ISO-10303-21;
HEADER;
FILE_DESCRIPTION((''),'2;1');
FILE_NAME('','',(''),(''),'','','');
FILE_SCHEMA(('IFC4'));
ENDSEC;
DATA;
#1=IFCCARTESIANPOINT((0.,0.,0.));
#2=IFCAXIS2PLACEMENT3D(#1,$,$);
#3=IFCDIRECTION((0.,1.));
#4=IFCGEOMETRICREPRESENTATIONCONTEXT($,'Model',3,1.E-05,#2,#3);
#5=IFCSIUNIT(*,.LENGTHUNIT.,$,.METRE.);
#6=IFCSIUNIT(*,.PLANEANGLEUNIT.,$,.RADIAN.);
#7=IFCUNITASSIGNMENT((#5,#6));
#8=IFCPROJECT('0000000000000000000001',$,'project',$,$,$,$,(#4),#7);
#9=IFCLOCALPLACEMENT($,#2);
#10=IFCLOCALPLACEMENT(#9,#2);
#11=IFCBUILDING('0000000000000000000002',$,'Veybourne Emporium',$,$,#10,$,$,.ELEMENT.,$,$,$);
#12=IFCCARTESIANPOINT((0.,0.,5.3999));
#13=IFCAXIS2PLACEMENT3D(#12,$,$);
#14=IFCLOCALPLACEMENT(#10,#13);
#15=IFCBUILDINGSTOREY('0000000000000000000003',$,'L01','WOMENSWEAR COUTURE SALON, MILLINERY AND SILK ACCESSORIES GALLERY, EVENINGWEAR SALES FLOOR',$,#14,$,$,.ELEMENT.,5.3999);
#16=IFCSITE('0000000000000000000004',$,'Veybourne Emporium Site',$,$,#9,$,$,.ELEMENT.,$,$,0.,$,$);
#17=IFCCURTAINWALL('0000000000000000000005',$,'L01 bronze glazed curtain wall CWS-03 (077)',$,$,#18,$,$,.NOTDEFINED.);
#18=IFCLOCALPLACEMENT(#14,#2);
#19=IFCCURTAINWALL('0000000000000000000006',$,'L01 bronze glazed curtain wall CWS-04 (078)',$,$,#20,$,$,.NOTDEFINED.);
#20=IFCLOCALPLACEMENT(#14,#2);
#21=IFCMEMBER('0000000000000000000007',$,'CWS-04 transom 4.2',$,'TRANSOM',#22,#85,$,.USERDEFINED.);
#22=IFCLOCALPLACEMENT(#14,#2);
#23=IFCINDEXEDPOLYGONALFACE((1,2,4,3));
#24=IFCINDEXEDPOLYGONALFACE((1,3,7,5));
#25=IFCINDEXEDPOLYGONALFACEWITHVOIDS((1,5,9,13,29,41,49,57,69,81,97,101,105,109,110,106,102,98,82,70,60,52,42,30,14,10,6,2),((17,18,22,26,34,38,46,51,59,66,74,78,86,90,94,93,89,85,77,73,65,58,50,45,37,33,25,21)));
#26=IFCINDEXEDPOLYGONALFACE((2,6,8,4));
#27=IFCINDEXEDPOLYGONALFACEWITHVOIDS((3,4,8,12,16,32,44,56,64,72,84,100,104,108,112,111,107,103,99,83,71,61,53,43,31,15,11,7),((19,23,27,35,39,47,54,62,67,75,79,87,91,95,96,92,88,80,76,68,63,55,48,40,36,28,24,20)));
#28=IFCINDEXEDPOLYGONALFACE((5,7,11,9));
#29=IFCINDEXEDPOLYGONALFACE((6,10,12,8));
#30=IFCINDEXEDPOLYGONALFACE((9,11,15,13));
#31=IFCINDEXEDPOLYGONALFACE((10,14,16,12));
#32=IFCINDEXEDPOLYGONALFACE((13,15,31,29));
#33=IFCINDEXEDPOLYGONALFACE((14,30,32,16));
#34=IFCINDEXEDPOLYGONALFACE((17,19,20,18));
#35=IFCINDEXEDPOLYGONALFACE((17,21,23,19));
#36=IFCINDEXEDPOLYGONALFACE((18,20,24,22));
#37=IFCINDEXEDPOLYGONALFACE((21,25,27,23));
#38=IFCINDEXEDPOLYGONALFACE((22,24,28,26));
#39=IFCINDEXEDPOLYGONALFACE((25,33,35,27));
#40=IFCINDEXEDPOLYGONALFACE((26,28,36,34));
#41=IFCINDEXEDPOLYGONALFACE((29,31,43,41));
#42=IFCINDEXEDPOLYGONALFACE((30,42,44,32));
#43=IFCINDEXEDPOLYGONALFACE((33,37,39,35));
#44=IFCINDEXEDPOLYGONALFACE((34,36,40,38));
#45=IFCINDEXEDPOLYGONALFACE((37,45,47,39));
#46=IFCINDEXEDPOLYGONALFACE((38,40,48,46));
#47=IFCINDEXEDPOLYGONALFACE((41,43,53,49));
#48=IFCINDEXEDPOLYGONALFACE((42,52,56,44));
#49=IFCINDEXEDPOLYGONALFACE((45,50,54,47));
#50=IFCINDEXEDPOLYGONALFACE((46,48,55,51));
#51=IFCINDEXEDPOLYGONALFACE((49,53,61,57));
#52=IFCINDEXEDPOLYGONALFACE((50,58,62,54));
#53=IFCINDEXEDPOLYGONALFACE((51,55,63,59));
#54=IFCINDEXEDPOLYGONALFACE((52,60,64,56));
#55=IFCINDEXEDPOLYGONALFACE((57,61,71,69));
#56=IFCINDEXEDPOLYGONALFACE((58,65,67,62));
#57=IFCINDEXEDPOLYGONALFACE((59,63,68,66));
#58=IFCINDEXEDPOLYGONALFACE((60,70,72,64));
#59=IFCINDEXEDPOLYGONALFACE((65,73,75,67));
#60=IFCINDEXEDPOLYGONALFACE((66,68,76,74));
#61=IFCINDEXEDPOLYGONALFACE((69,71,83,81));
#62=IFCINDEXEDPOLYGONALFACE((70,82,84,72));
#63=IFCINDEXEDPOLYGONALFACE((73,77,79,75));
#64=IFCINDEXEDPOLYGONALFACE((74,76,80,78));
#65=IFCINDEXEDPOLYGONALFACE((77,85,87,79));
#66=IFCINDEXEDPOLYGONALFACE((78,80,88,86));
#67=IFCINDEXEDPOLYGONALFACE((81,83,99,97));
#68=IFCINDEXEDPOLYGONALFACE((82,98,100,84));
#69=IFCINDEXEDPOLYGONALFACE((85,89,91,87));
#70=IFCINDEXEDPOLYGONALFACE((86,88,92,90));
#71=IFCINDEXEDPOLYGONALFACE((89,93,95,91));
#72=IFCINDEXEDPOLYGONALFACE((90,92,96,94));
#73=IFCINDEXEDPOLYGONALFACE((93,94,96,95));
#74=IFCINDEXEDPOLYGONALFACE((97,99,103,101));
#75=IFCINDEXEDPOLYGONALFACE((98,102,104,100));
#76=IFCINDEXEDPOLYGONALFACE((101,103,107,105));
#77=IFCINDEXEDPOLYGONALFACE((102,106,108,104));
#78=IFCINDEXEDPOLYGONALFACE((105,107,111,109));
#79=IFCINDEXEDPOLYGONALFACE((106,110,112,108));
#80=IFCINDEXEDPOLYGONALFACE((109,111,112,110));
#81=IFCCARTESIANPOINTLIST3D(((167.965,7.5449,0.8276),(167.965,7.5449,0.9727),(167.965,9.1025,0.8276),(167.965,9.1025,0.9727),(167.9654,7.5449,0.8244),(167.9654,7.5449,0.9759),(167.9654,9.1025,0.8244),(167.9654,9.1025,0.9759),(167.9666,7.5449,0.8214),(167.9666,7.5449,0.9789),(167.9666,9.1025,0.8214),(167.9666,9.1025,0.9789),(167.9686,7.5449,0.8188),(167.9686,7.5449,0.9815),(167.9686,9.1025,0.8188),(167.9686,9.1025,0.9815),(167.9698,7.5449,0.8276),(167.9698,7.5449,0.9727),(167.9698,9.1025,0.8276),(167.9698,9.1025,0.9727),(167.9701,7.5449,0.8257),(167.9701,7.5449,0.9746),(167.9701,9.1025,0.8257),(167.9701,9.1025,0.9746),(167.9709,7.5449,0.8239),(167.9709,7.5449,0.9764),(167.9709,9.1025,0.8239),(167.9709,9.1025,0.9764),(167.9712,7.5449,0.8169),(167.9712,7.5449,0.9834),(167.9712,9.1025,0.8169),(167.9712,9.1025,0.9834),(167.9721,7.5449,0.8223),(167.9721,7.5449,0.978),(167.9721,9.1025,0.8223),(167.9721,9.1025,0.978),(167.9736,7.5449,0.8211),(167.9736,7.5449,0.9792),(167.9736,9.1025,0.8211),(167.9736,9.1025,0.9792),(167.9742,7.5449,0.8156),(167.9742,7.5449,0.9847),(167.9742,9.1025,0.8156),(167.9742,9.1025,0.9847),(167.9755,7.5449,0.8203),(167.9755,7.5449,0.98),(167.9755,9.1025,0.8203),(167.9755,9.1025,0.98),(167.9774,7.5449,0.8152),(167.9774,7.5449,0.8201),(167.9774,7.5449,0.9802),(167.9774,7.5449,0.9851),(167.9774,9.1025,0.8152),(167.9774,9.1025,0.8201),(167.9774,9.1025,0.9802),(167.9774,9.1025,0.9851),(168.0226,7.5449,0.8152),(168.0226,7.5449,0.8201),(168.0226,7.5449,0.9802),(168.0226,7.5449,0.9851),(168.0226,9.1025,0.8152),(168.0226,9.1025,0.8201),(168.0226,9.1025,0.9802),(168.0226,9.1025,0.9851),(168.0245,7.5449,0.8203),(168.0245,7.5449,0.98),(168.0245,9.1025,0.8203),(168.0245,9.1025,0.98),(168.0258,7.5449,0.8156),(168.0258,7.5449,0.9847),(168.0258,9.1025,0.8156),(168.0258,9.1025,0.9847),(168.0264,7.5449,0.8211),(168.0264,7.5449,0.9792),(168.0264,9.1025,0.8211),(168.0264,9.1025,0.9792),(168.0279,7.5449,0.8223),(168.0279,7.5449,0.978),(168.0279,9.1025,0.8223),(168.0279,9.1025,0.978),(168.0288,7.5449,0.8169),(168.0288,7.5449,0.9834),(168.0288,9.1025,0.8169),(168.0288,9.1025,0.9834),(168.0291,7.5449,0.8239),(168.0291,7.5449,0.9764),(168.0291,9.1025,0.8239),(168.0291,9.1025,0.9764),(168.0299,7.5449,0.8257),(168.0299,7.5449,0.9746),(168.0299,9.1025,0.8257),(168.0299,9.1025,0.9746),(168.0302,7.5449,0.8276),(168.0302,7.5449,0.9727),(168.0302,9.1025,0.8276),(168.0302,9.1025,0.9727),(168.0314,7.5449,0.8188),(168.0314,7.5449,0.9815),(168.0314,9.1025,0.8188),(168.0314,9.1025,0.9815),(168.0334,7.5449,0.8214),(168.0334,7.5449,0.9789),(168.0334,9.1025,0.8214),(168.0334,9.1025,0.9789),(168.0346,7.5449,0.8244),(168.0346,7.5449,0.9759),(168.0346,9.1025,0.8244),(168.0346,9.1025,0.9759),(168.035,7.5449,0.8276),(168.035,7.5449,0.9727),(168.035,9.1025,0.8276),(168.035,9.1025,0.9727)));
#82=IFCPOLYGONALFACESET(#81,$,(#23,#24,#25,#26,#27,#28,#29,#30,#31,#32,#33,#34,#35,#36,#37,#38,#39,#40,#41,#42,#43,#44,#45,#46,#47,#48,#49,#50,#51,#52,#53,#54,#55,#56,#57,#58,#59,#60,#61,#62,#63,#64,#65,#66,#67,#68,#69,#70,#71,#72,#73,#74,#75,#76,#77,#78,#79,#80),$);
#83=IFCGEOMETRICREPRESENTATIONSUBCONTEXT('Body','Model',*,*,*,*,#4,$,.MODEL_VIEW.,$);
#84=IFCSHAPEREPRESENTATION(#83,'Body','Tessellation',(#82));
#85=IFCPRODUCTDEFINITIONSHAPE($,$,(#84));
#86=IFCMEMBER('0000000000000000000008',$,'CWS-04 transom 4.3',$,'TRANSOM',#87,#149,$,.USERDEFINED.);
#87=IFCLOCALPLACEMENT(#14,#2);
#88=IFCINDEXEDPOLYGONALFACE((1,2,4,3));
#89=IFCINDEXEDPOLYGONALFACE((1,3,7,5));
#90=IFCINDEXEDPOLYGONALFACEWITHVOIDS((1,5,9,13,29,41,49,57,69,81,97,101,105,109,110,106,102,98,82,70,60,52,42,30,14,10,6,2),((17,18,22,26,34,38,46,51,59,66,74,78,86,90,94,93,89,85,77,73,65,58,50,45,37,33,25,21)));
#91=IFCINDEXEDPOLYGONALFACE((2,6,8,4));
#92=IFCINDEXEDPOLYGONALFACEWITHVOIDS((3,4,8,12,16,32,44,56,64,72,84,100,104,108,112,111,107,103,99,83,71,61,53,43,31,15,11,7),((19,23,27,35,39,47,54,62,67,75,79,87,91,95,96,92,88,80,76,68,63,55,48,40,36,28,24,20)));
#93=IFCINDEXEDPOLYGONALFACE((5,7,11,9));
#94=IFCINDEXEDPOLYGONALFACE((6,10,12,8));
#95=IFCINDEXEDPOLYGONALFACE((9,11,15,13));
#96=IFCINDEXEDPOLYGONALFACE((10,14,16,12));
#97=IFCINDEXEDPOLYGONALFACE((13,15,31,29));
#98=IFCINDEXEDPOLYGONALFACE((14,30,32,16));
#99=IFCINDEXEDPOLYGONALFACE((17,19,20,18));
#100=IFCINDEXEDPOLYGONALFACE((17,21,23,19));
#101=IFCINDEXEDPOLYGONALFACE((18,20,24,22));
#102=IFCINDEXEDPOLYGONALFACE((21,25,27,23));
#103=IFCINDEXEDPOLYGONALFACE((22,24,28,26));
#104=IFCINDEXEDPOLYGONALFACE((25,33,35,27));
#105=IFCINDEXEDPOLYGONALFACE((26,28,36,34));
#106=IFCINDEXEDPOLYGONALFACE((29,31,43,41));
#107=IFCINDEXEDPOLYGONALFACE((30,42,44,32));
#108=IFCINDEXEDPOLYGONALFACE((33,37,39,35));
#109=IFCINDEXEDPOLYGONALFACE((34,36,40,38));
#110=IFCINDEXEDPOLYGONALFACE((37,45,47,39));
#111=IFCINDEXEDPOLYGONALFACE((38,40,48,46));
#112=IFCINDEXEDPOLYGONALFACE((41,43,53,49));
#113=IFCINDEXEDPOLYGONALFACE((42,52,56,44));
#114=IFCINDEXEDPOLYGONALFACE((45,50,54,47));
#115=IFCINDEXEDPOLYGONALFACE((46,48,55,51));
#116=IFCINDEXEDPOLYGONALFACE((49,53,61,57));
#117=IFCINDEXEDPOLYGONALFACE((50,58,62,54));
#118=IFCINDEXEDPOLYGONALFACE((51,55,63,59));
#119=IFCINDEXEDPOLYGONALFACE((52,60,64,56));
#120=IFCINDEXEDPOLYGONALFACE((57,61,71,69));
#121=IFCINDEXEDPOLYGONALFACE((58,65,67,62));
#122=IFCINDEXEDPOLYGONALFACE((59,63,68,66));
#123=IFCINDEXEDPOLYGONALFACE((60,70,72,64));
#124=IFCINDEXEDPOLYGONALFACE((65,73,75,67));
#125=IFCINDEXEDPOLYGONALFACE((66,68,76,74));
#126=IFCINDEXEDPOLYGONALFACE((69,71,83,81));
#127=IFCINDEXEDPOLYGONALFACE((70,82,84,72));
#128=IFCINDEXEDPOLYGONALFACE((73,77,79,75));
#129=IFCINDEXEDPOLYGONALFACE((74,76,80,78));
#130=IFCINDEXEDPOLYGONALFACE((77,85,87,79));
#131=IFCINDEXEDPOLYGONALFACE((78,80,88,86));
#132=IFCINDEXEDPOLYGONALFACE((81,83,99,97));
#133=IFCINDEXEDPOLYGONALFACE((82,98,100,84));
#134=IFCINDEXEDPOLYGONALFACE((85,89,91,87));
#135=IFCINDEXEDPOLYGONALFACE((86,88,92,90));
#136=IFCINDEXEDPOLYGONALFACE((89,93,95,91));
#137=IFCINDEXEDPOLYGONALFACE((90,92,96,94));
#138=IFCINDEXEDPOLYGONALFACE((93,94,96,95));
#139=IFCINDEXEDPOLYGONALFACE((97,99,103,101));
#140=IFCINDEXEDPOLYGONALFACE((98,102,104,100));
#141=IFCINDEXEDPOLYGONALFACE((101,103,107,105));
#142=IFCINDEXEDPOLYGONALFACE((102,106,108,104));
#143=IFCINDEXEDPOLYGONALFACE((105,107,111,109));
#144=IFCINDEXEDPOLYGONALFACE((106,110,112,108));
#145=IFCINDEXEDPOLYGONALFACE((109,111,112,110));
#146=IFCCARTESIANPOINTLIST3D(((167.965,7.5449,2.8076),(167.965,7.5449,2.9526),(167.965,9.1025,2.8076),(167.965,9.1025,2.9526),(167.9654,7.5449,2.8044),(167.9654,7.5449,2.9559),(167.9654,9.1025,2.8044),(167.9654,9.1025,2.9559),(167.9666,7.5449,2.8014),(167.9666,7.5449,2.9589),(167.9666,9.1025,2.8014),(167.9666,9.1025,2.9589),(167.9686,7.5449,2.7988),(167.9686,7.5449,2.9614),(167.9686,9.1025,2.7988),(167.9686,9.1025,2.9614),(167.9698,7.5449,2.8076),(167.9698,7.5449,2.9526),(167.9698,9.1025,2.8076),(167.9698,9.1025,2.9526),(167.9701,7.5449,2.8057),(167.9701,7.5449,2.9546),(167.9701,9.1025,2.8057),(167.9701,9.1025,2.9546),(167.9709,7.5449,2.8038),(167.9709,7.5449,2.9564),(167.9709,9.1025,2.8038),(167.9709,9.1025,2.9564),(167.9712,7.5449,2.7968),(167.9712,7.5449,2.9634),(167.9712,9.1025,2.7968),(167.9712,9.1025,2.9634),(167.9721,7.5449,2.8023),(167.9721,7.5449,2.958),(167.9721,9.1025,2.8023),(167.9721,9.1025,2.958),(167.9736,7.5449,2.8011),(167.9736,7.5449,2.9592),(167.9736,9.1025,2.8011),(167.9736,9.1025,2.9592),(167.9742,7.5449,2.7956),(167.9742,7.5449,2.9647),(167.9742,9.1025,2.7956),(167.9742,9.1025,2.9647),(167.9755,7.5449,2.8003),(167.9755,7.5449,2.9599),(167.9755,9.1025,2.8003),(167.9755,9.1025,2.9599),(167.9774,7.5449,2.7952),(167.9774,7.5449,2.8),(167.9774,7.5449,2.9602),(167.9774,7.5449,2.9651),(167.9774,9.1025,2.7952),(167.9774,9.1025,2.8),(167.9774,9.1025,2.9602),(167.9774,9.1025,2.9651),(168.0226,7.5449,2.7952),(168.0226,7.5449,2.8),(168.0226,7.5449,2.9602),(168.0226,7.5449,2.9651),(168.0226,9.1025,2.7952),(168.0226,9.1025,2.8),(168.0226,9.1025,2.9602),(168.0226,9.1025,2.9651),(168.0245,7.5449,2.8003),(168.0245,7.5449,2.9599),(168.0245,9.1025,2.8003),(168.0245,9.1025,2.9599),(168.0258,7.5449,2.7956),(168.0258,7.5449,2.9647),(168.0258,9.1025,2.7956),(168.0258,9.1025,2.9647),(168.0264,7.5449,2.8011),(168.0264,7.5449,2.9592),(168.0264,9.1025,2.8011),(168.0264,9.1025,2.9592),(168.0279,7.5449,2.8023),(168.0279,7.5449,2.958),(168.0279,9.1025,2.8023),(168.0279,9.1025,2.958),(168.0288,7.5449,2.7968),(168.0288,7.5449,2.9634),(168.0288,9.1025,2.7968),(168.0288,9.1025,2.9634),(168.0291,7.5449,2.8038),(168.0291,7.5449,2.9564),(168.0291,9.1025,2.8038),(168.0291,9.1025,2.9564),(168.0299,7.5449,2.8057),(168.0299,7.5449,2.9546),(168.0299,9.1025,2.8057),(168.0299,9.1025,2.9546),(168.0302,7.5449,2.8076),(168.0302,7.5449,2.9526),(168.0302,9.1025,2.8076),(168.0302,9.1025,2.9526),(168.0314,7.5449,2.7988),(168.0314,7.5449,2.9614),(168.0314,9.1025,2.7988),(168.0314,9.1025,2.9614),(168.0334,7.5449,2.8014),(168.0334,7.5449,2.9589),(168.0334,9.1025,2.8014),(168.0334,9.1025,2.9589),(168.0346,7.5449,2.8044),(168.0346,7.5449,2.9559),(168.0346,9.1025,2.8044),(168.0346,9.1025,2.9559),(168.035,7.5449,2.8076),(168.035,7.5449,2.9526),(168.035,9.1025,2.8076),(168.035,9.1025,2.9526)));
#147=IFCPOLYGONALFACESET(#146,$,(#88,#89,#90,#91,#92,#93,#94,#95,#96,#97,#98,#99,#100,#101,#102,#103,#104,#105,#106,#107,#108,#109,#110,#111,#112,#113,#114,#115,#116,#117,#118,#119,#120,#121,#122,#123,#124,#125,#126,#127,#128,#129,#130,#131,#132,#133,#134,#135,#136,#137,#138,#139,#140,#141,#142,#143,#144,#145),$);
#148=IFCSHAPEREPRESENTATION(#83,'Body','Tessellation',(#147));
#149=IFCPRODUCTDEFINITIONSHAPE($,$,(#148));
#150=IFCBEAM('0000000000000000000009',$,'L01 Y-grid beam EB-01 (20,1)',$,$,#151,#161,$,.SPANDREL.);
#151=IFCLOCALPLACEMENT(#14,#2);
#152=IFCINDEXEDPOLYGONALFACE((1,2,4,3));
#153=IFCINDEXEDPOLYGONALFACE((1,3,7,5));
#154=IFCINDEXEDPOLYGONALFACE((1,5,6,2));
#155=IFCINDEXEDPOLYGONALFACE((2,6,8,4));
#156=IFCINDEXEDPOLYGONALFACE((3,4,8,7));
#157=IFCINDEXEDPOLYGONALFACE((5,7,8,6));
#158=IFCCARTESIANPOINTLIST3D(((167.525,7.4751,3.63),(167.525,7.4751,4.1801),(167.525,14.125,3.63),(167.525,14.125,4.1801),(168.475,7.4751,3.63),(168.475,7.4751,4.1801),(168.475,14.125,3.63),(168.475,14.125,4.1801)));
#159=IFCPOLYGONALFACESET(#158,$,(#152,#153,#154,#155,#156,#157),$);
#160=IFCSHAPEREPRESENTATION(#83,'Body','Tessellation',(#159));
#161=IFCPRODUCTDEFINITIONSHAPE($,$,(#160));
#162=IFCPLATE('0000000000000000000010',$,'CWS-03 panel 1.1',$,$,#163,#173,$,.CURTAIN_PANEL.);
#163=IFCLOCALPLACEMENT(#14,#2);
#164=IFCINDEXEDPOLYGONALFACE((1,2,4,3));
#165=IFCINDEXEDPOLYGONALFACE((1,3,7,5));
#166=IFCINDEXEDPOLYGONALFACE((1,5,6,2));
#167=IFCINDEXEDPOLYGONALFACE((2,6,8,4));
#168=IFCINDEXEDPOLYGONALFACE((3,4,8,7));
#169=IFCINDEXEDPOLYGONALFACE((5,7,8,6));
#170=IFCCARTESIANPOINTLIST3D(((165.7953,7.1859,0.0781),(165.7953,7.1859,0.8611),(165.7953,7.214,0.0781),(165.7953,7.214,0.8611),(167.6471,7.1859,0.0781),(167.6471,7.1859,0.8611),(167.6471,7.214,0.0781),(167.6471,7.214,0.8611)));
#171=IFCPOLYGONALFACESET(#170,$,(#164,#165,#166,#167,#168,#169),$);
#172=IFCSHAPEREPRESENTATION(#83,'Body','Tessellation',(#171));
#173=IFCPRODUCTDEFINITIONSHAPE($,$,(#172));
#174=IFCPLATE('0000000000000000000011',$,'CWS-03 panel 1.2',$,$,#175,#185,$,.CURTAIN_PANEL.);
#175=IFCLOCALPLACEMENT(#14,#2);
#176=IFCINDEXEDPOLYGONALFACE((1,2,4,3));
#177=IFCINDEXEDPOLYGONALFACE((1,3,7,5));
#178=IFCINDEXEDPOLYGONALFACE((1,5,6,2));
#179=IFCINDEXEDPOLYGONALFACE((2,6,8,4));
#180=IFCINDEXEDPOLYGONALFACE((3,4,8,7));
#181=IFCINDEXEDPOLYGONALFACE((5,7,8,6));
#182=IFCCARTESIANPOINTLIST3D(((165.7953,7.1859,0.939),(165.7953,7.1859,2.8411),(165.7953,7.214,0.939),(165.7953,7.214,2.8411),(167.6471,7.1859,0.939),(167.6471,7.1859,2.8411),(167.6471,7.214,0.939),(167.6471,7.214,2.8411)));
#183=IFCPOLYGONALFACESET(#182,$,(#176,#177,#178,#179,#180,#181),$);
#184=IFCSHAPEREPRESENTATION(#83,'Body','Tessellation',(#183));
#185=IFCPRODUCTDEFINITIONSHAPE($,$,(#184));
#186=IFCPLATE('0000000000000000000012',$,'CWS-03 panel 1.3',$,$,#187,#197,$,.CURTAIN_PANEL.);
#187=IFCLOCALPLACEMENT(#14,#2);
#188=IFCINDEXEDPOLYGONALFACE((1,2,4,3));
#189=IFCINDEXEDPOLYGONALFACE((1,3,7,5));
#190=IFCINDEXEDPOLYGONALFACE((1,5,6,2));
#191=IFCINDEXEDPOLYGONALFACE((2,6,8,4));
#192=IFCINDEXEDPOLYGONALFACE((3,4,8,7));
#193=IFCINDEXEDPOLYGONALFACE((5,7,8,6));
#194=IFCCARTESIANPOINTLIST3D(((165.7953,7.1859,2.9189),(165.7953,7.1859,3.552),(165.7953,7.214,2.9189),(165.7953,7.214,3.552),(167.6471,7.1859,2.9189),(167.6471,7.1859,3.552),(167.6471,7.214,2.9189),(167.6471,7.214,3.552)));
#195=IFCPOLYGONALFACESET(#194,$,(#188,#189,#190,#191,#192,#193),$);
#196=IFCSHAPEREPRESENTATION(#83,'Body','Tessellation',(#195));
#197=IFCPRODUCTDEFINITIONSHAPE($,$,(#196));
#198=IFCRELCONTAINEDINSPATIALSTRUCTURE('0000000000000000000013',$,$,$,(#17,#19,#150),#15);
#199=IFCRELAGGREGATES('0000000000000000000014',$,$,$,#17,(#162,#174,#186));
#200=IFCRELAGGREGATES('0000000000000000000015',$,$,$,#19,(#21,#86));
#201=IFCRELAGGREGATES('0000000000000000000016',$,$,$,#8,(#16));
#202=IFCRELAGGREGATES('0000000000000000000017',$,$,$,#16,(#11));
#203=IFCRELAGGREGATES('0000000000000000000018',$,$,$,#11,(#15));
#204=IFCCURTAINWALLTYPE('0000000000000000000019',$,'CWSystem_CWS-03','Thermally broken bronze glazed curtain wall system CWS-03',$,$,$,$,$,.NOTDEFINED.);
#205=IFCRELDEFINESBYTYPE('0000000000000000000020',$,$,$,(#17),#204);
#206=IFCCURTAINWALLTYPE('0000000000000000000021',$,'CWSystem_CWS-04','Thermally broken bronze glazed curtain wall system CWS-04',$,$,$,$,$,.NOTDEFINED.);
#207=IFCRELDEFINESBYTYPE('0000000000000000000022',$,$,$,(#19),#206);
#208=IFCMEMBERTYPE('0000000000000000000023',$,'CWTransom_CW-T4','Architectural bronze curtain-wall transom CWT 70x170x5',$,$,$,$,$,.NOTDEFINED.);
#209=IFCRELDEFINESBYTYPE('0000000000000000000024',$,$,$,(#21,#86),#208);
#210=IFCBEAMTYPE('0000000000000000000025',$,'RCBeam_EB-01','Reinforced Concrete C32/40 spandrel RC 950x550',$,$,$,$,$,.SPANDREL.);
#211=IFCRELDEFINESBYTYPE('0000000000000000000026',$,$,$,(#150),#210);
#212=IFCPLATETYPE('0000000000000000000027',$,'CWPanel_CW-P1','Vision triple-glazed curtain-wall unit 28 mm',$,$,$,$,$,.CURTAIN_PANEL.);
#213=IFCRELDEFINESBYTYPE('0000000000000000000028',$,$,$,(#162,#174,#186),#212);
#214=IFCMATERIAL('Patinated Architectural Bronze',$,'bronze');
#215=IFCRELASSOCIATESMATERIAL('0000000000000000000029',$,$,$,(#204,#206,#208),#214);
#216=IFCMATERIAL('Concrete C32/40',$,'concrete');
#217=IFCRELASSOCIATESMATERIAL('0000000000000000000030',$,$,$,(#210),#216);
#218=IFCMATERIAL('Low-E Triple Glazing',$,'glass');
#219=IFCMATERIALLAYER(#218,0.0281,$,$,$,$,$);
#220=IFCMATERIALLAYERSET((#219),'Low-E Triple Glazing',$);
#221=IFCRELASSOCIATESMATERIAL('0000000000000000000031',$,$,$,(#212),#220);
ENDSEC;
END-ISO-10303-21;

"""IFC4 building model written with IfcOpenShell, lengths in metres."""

from ifc_helpers import new_model, si_unit, direction, frame, origin, origin_2d, place, context, subcontext, project, spatial, rectangle, hollow_rectangle, extrude, material, layer, layer_set, material_profile, profile_set, type_object, element, aggregate, save


model = new_model("IFC4")

# Units and contexts
model_context = context("Model", 3, precision=1e-05, world=origin(), true_north=direction((0.0, 1.0)))
body_context = subcontext(model_context, "Body", "Model", "MODEL_VIEW")
ifc_project = project(units=[si_unit("LENGTHUNIT", "METRE"), si_unit("PLANEANGLEUNIT", "RADIAN")], contexts=[model_context])

# Site, building, storey
site_placement = place(None, origin())
site = spatial("IfcSite", under=ifc_project, at=site_placement, Name="Veybourne Emporium Site", CompositionType="ELEMENT", RefElevation=0.0)
building_placement = place(site_placement, origin())
building = spatial("IfcBuilding", under=site, at=building_placement, Name="Veybourne Emporium", CompositionType="ELEMENT")
storey_placement = place(building_placement, frame((0.0, 0.0, 5.3999)))
storey = spatial("IfcBuildingStorey", under=building, at=storey_placement, Name="L01", Description="WOMENSWEAR COUTURE SALON, MILLINERY AND SILK ACCESSORIES GALLERY, EVENINGWEAR SALES FLOOR", CompositionType="ELEMENT", Elevation=5.3999)

# Curtain wall
ifc_material_1 = material(Name="Patinated Architectural Bronze", Category="bronze")
curtain_wall_type_1 = type_object("IfcCurtainWallType", Name="CWSystem_CWS-03", Description="Thermally broken bronze glazed curtain wall system CWS-03", PredefinedType="NOTDEFINED", material=ifc_material_1)
curtain_wall_1_placement = place(storey_placement, origin())
curtain_wall_1 = element("IfcCurtainWall", 1, at=curtain_wall_1_placement, inside=storey, type_object=curtain_wall_type_1, Name="L01 bronze glazed curtain wall CWS-03 (077)", PredefinedType="NOTDEFINED")

# Curtain wall
curtain_wall_type_2 = type_object("IfcCurtainWallType", Name="CWSystem_CWS-04", Description="Thermally broken bronze glazed curtain wall system CWS-04", PredefinedType="NOTDEFINED", material=ifc_material_1)
curtain_wall_2_placement = place(storey_placement, origin())
curtain_wall_2 = element("IfcCurtainWall", 2, at=curtain_wall_2_placement, inside=storey, type_object=curtain_wall_type_2, Name="L01 bronze glazed curtain wall CWS-04 (078)", PredefinedType="NOTDEFINED")

# Members
ifc_material_profile_1 = material_profile(ifc_material_1, hollow_rectangle(XDim=0.0701, YDim=0.1699, WallThickness=0.0049, InnerFilletRadius=0.0076, OuterFilletRadius=0.0125, at=origin_2d()), Name="CWT 70x170x5")
ifc_profile_set_1 = profile_set([ifc_material_profile_1], Name="Patinated Architectural Bronze")
member_type_1 = type_object("IfcMemberType", Name="CWTransom_CW-T4", Description="Architectural bronze curtain-wall transom CWT 70x170x5", PredefinedType="NOTDEFINED", material=ifc_profile_set_1)
member_1_placement = place(storey_placement, frame((168.0, 9.1025, 0.9001), z_axis=(0.0, -1.0, 0.0), x_axis=(1.0, 0.0, 0.0)))
member_1 = element("IfcMember", 3, at=member_1_placement, type_object=member_type_1, Name="CWS-04 transom 4.2", ObjectType="TRANSOM", PredefinedType="USERDEFINED", context=body_context, shape_type="SweptSolid", body=[
    extrude(hollow_rectangle(XDim=0.0701, YDim=0.1699, WallThickness=0.0049, InnerFilletRadius=0.0076, OuterFilletRadius=0.0125, at=origin_2d()), origin(), (0.0, 0.0, 1.0), 1.5576),
])
member_2_placement = place(storey_placement, frame((168.0, 9.1025, 2.8801), z_axis=(0.0, -1.0, 0.0), x_axis=(1.0, 0.0, 0.0)))
member_2 = element("IfcMember", 4, at=member_2_placement, type_object=member_type_1, Name="CWS-04 transom 4.3", ObjectType="TRANSOM", PredefinedType="USERDEFINED", context=body_context, shape_type="SweptSolid", body=[
    extrude(hollow_rectangle(XDim=0.0701, YDim=0.1699, WallThickness=0.0049, InnerFilletRadius=0.0076, OuterFilletRadius=0.0125, at=origin_2d()), origin(), (0.0, 0.0, 1.0), 1.5576),
])

# Beam
ifc_material_2 = material(Name="Concrete C32/40", Category="concrete")
ifc_material_profile_2 = material_profile(ifc_material_2, rectangle(XDim=0.95, YDim=0.55, at=origin_2d()), Name="RC 950x550")
ifc_profile_set_2 = profile_set([ifc_material_profile_2], Name="Concrete C32/40")
beam_type = type_object("IfcBeamType", Name="RCBeam_EB-01", Description="Reinforced Concrete C32/40 spandrel RC 950x550", PredefinedType="SPANDREL", material=ifc_profile_set_2)
beam_placement = place(storey_placement, frame((168.0, 7.4751, 3.905), z_axis=(0.0, 1.0, 0.0), x_axis=(-1.0, 0.0, 0.0)))
element("IfcBeam", 5, at=beam_placement, inside=storey, type_object=beam_type, Name="L01 Y-grid beam EB-01 (20,1)", PredefinedType="SPANDREL", context=body_context, shape_type="SweptSolid", body=[
    extrude(rectangle(XDim=0.95, YDim=0.55, at=origin_2d()), origin(), (0.0, 0.0, 1.0), 6.6499),
])

# Plates
ifc_material_3 = material(Name="Low-E Triple Glazing", Category="glass")
ifc_layer = layer(ifc_material_3, 0.0281)
ifc_layer_set = layer_set([ifc_layer], Name="Low-E Triple Glazing")
plate_type = type_object("IfcPlateType", Name="CWPanel_CW-P1", Description="Vision triple-glazed curtain-wall unit 28 mm", PredefinedType="CURTAIN_PANEL", material=ifc_layer_set)
plate_1_placement = place(storey_placement, frame((166.7212, 7.2, 0.0781), z_axis=(0.0, 0.0, 1.0), x_axis=(-1.0, 0.0, 0.0)))
plate_1 = element("IfcPlate", 6, at=plate_1_placement, type_object=plate_type, Name="CWS-03 panel 1.1", PredefinedType="CURTAIN_PANEL", context=body_context, shape_type="SweptSolid", body=[
    extrude(rectangle(XDim=1.8518, YDim=0.0281, at=origin_2d()), origin(), (0.0, 0.0, 1.0), 0.783),
])
plate_2_placement = place(storey_placement, frame((166.7212, 7.2, 0.939), z_axis=(0.0, 0.0, 1.0), x_axis=(-1.0, 0.0, 0.0)))
plate_2 = element("IfcPlate", 7, at=plate_2_placement, type_object=plate_type, Name="CWS-03 panel 1.2", PredefinedType="CURTAIN_PANEL", context=body_context, shape_type="SweptSolid", body=[
    extrude(rectangle(XDim=1.8518, YDim=0.0281, at=origin_2d()), origin(), (0.0, 0.0, 1.0), 1.9021),
])
plate_3_placement = place(storey_placement, frame((166.7212, 7.2, 2.9189), z_axis=(0.0, 0.0, 1.0), x_axis=(-1.0, 0.0, 0.0)))
plate_3 = element("IfcPlate", 8, at=plate_3_placement, type_object=plate_type, Name="CWS-03 panel 1.3", PredefinedType="CURTAIN_PANEL", context=body_context, shape_type="SweptSolid", body=[
    extrude(rectangle(XDim=1.8518, YDim=0.0281, at=origin_2d()), origin(), (0.0, 0.0, 1.0), 0.6331),
])
aggregate(curtain_wall_1, [plate_1, plate_2, plate_3])
aggregate(curtain_wall_2, [member_1, member_2])

save(model, "model.ifc")
